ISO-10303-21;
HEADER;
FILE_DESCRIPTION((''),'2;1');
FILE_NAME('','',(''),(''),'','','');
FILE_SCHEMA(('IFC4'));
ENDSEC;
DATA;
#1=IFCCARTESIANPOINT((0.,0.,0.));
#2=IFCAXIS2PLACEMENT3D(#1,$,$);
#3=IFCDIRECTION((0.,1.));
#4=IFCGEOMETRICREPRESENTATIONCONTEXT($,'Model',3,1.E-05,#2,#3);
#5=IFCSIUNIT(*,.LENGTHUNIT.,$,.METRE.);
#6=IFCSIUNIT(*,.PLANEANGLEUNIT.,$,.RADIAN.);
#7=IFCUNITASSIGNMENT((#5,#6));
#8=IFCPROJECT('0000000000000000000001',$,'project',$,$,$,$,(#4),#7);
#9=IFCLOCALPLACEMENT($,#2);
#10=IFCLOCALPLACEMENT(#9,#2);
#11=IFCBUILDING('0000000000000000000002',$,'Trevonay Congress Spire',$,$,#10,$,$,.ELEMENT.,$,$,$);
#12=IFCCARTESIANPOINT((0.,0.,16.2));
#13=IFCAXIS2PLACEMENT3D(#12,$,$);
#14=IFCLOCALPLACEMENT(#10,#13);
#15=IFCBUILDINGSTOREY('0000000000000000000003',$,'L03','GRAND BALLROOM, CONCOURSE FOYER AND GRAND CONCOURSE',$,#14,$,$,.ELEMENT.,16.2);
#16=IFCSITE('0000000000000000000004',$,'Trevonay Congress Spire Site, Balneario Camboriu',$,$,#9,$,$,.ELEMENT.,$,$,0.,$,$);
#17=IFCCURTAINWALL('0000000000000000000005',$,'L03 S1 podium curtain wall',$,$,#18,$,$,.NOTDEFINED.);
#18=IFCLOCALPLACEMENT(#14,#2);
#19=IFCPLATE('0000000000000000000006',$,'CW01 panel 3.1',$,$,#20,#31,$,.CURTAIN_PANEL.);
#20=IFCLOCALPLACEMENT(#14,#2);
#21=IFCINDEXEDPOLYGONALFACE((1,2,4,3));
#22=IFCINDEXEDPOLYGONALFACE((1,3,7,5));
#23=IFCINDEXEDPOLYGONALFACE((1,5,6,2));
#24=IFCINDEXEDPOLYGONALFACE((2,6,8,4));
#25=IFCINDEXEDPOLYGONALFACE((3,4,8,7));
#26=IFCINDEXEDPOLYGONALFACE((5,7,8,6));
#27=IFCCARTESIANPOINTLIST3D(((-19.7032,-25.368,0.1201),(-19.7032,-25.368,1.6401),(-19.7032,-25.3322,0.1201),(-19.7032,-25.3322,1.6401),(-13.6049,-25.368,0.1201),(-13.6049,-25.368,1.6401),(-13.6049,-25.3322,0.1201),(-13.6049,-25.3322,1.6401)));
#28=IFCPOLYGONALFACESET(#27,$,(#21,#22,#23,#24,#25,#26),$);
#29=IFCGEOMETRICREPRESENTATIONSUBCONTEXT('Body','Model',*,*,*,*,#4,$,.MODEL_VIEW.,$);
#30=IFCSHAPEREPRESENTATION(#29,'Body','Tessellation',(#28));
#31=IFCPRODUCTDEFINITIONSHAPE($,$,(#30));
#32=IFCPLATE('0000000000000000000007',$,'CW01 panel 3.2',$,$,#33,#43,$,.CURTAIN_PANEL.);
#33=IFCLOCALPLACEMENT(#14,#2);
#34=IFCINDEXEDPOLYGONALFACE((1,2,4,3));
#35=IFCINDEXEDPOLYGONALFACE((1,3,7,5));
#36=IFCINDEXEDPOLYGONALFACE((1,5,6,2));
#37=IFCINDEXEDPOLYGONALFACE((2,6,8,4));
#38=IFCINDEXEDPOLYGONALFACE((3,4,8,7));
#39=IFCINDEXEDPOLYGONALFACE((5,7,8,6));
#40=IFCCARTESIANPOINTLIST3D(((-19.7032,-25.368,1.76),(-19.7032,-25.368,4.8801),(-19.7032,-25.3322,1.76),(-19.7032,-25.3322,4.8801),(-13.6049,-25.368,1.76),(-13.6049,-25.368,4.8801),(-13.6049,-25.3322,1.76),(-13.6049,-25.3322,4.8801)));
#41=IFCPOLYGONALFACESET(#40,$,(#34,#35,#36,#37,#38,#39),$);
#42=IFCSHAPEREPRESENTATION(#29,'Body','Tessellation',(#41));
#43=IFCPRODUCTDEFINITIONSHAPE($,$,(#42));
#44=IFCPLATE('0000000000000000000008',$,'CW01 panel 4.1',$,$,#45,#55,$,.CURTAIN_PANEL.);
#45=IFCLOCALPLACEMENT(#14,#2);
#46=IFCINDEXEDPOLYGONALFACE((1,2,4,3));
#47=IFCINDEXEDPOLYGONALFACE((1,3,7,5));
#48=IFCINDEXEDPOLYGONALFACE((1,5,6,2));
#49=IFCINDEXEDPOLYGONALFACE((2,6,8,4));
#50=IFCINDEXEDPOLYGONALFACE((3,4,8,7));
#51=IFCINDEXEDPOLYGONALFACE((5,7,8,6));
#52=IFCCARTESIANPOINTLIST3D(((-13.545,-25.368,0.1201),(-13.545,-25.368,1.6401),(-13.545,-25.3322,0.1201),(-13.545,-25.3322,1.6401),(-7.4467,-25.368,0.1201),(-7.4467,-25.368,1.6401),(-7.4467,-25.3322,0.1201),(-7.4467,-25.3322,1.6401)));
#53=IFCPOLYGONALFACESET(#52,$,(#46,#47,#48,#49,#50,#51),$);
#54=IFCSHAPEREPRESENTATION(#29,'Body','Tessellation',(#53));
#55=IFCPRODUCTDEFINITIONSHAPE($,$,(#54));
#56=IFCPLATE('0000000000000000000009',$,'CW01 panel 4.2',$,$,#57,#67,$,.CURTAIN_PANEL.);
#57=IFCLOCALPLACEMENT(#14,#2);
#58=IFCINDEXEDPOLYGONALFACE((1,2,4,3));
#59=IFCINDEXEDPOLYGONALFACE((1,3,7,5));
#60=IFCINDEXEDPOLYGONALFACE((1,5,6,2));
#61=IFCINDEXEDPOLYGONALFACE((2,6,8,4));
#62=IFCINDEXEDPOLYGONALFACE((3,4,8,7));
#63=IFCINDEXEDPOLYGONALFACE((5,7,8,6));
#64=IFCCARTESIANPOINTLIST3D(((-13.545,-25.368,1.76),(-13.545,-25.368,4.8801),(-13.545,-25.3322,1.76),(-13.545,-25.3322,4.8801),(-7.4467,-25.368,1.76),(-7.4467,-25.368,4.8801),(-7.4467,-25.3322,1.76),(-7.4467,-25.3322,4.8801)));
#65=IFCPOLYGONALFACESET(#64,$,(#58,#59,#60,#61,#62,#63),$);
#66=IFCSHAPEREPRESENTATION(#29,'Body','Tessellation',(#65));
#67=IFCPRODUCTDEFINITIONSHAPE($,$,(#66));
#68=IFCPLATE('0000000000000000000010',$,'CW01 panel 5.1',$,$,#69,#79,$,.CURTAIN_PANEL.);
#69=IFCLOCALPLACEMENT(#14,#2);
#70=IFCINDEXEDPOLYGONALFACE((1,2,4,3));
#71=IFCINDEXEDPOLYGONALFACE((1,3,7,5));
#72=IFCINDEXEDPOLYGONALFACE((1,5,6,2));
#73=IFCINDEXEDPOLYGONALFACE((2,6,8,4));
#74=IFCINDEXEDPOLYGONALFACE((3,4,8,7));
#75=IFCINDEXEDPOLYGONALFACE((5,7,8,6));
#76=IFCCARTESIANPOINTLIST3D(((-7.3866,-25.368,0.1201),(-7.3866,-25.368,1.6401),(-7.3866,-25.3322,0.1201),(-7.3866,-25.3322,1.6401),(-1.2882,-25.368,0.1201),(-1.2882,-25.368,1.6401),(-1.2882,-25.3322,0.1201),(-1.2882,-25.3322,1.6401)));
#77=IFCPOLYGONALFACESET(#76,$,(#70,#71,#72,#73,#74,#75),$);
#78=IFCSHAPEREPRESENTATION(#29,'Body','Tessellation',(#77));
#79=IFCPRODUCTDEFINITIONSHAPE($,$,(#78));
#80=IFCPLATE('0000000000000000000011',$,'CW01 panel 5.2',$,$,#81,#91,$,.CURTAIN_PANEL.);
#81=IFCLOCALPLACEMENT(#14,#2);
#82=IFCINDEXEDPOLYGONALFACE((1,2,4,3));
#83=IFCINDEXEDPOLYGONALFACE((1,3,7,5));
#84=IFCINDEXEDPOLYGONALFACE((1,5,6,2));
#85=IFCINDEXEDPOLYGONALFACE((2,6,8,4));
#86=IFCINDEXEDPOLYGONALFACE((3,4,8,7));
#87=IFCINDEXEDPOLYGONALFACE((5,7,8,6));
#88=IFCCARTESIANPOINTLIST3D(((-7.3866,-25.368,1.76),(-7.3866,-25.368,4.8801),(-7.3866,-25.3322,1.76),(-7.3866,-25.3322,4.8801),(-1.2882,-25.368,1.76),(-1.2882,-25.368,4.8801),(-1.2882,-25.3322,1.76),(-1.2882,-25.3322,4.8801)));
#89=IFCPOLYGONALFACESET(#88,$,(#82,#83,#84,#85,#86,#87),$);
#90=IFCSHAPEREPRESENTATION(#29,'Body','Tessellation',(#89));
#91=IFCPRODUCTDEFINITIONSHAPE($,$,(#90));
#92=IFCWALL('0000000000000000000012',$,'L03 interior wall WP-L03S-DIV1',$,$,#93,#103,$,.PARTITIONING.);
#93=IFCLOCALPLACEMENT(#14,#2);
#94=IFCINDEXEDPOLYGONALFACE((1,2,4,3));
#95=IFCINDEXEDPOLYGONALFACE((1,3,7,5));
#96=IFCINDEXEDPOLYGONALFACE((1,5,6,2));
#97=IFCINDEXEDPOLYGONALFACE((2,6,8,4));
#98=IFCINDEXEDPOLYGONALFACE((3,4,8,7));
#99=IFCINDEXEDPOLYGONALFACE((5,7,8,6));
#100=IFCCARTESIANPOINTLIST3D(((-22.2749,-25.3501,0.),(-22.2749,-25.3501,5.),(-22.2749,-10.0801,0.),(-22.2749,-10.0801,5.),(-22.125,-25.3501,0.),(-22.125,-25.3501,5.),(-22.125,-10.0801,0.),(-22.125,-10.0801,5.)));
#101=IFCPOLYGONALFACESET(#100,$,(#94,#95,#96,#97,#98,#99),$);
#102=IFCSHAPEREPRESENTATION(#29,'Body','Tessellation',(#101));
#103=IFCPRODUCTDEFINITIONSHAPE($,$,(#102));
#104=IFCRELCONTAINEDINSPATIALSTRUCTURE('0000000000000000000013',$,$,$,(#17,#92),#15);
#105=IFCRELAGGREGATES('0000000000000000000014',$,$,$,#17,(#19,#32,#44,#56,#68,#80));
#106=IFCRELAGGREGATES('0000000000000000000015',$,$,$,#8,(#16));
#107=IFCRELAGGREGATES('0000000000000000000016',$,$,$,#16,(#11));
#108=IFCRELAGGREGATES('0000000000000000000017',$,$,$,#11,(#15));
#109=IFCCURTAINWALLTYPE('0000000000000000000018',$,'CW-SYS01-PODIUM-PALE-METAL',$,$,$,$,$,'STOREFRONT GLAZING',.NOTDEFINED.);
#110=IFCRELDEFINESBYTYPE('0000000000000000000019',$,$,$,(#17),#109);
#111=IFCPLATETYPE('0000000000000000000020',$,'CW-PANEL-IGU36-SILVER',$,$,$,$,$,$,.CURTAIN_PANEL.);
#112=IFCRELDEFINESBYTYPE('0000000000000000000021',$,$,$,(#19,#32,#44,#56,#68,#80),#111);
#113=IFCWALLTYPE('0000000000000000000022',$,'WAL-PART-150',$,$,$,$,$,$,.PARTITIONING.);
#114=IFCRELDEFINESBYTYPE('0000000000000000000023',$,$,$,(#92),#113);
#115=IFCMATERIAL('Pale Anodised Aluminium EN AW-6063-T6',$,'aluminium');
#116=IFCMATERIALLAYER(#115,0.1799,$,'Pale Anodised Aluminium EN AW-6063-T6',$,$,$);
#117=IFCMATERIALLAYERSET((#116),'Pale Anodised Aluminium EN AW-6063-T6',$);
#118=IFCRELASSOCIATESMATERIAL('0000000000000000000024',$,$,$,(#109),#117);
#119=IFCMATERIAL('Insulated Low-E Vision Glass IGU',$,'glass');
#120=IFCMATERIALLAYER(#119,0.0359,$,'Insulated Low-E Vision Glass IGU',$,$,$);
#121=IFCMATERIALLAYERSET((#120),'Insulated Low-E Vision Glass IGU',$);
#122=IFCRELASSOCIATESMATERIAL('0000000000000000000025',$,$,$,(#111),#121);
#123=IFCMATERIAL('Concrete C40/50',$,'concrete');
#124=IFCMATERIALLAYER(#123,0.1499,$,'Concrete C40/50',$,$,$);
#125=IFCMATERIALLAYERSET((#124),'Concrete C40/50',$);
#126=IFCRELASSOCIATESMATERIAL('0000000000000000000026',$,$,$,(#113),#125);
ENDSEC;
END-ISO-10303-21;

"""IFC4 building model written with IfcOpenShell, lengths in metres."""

from ifc_helpers import new_model, si_unit, direction, frame, frame_2d, origin, origin_2d, place, context, subcontext, project, spatial, rectangle, extrude, material, layer, layer_set, type_object, element, aggregate, save


model = new_model("IFC4")

# Units and contexts
model_context = context("Model", 3, precision=1e-05, world=origin(), true_north=direction((0.0, 1.0)))
body_context = subcontext(model_context, "Body", "Model", "MODEL_VIEW")
ifc_project = project(units=[si_unit("LENGTHUNIT", "METRE"), si_unit("PLANEANGLEUNIT", "RADIAN")], contexts=[model_context])

# Site, building, storey
site_placement = place(None, origin())
site = spatial("IfcSite", under=ifc_project, at=site_placement, Name="Trevonay Congress Spire Site, Balneario Camboriu", CompositionType="ELEMENT", RefElevation=0.0)
building_placement = place(site_placement, origin())
building = spatial("IfcBuilding", under=site, at=building_placement, Name="Trevonay Congress Spire", CompositionType="ELEMENT")
storey_placement = place(building_placement, frame((0.0, 0.0, 16.2)))
storey = spatial("IfcBuildingStorey", under=building, at=storey_placement, Name="L03", Description="GRAND BALLROOM, CONCOURSE FOYER AND GRAND CONCOURSE", CompositionType="ELEMENT", Elevation=16.2)

# Curtain wall
ifc_material_1 = material(Name="Pale Anodised Aluminium EN AW-6063-T6", Category="aluminium")
ifc_layer_1 = layer(ifc_material_1, 0.1799, Name="Pale Anodised Aluminium EN AW-6063-T6")
ifc_layer_set_1 = layer_set([ifc_layer_1], Name="Pale Anodised Aluminium EN AW-6063-T6")
curtain_wall_type = type_object("IfcCurtainWallType", Name="CW-SYS01-PODIUM-PALE-METAL", ElementType="STOREFRONT GLAZING", PredefinedType="NOTDEFINED", material=ifc_layer_set_1)
curtain_wall_placement = place(storey_placement, origin())
curtain_wall = element("IfcCurtainWall", 1, at=curtain_wall_placement, inside=storey, type_object=curtain_wall_type, Name="L03 S1 podium curtain wall", PredefinedType="NOTDEFINED")

# Plates
ifc_material_2 = material(Name="Insulated Low-E Vision Glass IGU", Category="glass")
ifc_layer_2 = layer(ifc_material_2, 0.0359, Name="Insulated Low-E Vision Glass IGU")
ifc_layer_set_2 = layer_set([ifc_layer_2], Name="Insulated Low-E Vision Glass IGU")
plate_type = type_object("IfcPlateType", Name="CW-PANEL-IGU36-SILVER", PredefinedType="CURTAIN_PANEL", material=ifc_layer_set_2)
plate_1_placement = place(storey_placement, frame((-16.6541, -25.3501, 0.1201), z_axis=(0.0, 0.0, 1.0), x_axis=(1.0, 0.0, 0.0)))
plate_1 = element("IfcPlate", 2, at=plate_1_placement, type_object=plate_type, Name="CW01 panel 3.1", PredefinedType="CURTAIN_PANEL", context=body_context, shape_type="SweptSolid", body=[
    extrude(rectangle(XDim=6.0984, YDim=0.0359, at=origin_2d()), origin(), (0.0, 0.0, 1.0), 1.52),
])
plate_2_placement = place(storey_placement, frame((-16.6541, -25.3501, 1.76), z_axis=(0.0, 0.0, 1.0), x_axis=(1.0, 0.0, 0.0)))
plate_2 = element("IfcPlate", 3, at=plate_2_placement, type_object=plate_type, Name="CW01 panel 3.2", PredefinedType="CURTAIN_PANEL", context=body_context, shape_type="SweptSolid", body=[
    extrude(rectangle(XDim=6.0984, YDim=0.0359, at=origin_2d()), origin(), (0.0, 0.0, 1.0), 3.1201),
])
plate_3_placement = place(storey_placement, frame((-10.4958, -25.3501, 0.1201), z_axis=(0.0, 0.0, 1.0), x_axis=(1.0, 0.0, 0.0)))
plate_3 = element("IfcPlate", 4, at=plate_3_placement, type_object=plate_type, Name="CW01 panel 4.1", PredefinedType="CURTAIN_PANEL", context=body_context, shape_type="SweptSolid", body=[
    extrude(rectangle(XDim=6.0984, YDim=0.0359, at=origin_2d()), origin(), (0.0, 0.0, 1.0), 1.52),
])
plate_4_placement = place(storey_placement, frame((-10.4958, -25.3501, 1.76), z_axis=(0.0, 0.0, 1.0), x_axis=(1.0, 0.0, 0.0)))
plate_4 = element("IfcPlate", 5, at=plate_4_placement, type_object=plate_type, Name="CW01 panel 4.2", PredefinedType="CURTAIN_PANEL", context=body_context, shape_type="SweptSolid", body=[
    extrude(rectangle(XDim=6.0984, YDim=0.0359, at=origin_2d()), origin(), (0.0, 0.0, 1.0), 3.1201),
])
plate_5_placement = place(storey_placement, frame((-4.3374, -25.3501, 0.1201), z_axis=(0.0, 0.0, 1.0), x_axis=(1.0, 0.0, 0.0)))
plate_5 = element("IfcPlate", 6, at=plate_5_placement, type_object=plate_type, Name="CW01 panel 5.1", PredefinedType="CURTAIN_PANEL", context=body_context, shape_type="SweptSolid", body=[
    extrude(rectangle(XDim=6.0984, YDim=0.0359, at=origin_2d()), origin(), (0.0, 0.0, 1.0), 1.52),
])
plate_6_placement = place(storey_placement, frame((-4.3374, -25.3501, 1.76), z_axis=(0.0, 0.0, 1.0), x_axis=(1.0, 0.0, 0.0)))
plate_6 = element("IfcPlate", 7, at=plate_6_placement, type_object=plate_type, Name="CW01 panel 5.2", PredefinedType="CURTAIN_PANEL", context=body_context, shape_type="SweptSolid", body=[
    extrude(rectangle(XDim=6.0984, YDim=0.0359, at=origin_2d()), origin(), (0.0, 0.0, 1.0), 3.1201),
])
aggregate(curtain_wall, [plate_1, plate_2, plate_3, plate_4, plate_5, plate_6])

# Wall
ifc_material_3 = material(Name="Concrete C40/50", Category="concrete")
ifc_layer_3 = layer(ifc_material_3, 0.1499, Name="Concrete C40/50")
ifc_layer_set_3 = layer_set([ifc_layer_3], Name="Concrete C40/50")
wall_type = type_object("IfcWallType", Name="WAL-PART-150", PredefinedType="PARTITIONING", material=ifc_layer_set_3)
wall_placement = place(storey_placement, frame((-22.2, -25.3501, 0.0), z_axis=(0.0, 0.0, 1.0), x_axis=(0.0, 1.0, 0.0)))
element("IfcWall", 8, at=wall_placement, inside=storey, type_object=wall_type, Name="L03 interior wall WP-L03S-DIV1", PredefinedType="PARTITIONING", context=body_context, shape_type="SweptSolid", body=[
    extrude(rectangle(XDim=15.27, YDim=0.1499, at=frame_2d((7.635, 0.0))), origin(), (0.0, 0.0, 1.0), 5.0),
])

save(model, "model.ifc")
